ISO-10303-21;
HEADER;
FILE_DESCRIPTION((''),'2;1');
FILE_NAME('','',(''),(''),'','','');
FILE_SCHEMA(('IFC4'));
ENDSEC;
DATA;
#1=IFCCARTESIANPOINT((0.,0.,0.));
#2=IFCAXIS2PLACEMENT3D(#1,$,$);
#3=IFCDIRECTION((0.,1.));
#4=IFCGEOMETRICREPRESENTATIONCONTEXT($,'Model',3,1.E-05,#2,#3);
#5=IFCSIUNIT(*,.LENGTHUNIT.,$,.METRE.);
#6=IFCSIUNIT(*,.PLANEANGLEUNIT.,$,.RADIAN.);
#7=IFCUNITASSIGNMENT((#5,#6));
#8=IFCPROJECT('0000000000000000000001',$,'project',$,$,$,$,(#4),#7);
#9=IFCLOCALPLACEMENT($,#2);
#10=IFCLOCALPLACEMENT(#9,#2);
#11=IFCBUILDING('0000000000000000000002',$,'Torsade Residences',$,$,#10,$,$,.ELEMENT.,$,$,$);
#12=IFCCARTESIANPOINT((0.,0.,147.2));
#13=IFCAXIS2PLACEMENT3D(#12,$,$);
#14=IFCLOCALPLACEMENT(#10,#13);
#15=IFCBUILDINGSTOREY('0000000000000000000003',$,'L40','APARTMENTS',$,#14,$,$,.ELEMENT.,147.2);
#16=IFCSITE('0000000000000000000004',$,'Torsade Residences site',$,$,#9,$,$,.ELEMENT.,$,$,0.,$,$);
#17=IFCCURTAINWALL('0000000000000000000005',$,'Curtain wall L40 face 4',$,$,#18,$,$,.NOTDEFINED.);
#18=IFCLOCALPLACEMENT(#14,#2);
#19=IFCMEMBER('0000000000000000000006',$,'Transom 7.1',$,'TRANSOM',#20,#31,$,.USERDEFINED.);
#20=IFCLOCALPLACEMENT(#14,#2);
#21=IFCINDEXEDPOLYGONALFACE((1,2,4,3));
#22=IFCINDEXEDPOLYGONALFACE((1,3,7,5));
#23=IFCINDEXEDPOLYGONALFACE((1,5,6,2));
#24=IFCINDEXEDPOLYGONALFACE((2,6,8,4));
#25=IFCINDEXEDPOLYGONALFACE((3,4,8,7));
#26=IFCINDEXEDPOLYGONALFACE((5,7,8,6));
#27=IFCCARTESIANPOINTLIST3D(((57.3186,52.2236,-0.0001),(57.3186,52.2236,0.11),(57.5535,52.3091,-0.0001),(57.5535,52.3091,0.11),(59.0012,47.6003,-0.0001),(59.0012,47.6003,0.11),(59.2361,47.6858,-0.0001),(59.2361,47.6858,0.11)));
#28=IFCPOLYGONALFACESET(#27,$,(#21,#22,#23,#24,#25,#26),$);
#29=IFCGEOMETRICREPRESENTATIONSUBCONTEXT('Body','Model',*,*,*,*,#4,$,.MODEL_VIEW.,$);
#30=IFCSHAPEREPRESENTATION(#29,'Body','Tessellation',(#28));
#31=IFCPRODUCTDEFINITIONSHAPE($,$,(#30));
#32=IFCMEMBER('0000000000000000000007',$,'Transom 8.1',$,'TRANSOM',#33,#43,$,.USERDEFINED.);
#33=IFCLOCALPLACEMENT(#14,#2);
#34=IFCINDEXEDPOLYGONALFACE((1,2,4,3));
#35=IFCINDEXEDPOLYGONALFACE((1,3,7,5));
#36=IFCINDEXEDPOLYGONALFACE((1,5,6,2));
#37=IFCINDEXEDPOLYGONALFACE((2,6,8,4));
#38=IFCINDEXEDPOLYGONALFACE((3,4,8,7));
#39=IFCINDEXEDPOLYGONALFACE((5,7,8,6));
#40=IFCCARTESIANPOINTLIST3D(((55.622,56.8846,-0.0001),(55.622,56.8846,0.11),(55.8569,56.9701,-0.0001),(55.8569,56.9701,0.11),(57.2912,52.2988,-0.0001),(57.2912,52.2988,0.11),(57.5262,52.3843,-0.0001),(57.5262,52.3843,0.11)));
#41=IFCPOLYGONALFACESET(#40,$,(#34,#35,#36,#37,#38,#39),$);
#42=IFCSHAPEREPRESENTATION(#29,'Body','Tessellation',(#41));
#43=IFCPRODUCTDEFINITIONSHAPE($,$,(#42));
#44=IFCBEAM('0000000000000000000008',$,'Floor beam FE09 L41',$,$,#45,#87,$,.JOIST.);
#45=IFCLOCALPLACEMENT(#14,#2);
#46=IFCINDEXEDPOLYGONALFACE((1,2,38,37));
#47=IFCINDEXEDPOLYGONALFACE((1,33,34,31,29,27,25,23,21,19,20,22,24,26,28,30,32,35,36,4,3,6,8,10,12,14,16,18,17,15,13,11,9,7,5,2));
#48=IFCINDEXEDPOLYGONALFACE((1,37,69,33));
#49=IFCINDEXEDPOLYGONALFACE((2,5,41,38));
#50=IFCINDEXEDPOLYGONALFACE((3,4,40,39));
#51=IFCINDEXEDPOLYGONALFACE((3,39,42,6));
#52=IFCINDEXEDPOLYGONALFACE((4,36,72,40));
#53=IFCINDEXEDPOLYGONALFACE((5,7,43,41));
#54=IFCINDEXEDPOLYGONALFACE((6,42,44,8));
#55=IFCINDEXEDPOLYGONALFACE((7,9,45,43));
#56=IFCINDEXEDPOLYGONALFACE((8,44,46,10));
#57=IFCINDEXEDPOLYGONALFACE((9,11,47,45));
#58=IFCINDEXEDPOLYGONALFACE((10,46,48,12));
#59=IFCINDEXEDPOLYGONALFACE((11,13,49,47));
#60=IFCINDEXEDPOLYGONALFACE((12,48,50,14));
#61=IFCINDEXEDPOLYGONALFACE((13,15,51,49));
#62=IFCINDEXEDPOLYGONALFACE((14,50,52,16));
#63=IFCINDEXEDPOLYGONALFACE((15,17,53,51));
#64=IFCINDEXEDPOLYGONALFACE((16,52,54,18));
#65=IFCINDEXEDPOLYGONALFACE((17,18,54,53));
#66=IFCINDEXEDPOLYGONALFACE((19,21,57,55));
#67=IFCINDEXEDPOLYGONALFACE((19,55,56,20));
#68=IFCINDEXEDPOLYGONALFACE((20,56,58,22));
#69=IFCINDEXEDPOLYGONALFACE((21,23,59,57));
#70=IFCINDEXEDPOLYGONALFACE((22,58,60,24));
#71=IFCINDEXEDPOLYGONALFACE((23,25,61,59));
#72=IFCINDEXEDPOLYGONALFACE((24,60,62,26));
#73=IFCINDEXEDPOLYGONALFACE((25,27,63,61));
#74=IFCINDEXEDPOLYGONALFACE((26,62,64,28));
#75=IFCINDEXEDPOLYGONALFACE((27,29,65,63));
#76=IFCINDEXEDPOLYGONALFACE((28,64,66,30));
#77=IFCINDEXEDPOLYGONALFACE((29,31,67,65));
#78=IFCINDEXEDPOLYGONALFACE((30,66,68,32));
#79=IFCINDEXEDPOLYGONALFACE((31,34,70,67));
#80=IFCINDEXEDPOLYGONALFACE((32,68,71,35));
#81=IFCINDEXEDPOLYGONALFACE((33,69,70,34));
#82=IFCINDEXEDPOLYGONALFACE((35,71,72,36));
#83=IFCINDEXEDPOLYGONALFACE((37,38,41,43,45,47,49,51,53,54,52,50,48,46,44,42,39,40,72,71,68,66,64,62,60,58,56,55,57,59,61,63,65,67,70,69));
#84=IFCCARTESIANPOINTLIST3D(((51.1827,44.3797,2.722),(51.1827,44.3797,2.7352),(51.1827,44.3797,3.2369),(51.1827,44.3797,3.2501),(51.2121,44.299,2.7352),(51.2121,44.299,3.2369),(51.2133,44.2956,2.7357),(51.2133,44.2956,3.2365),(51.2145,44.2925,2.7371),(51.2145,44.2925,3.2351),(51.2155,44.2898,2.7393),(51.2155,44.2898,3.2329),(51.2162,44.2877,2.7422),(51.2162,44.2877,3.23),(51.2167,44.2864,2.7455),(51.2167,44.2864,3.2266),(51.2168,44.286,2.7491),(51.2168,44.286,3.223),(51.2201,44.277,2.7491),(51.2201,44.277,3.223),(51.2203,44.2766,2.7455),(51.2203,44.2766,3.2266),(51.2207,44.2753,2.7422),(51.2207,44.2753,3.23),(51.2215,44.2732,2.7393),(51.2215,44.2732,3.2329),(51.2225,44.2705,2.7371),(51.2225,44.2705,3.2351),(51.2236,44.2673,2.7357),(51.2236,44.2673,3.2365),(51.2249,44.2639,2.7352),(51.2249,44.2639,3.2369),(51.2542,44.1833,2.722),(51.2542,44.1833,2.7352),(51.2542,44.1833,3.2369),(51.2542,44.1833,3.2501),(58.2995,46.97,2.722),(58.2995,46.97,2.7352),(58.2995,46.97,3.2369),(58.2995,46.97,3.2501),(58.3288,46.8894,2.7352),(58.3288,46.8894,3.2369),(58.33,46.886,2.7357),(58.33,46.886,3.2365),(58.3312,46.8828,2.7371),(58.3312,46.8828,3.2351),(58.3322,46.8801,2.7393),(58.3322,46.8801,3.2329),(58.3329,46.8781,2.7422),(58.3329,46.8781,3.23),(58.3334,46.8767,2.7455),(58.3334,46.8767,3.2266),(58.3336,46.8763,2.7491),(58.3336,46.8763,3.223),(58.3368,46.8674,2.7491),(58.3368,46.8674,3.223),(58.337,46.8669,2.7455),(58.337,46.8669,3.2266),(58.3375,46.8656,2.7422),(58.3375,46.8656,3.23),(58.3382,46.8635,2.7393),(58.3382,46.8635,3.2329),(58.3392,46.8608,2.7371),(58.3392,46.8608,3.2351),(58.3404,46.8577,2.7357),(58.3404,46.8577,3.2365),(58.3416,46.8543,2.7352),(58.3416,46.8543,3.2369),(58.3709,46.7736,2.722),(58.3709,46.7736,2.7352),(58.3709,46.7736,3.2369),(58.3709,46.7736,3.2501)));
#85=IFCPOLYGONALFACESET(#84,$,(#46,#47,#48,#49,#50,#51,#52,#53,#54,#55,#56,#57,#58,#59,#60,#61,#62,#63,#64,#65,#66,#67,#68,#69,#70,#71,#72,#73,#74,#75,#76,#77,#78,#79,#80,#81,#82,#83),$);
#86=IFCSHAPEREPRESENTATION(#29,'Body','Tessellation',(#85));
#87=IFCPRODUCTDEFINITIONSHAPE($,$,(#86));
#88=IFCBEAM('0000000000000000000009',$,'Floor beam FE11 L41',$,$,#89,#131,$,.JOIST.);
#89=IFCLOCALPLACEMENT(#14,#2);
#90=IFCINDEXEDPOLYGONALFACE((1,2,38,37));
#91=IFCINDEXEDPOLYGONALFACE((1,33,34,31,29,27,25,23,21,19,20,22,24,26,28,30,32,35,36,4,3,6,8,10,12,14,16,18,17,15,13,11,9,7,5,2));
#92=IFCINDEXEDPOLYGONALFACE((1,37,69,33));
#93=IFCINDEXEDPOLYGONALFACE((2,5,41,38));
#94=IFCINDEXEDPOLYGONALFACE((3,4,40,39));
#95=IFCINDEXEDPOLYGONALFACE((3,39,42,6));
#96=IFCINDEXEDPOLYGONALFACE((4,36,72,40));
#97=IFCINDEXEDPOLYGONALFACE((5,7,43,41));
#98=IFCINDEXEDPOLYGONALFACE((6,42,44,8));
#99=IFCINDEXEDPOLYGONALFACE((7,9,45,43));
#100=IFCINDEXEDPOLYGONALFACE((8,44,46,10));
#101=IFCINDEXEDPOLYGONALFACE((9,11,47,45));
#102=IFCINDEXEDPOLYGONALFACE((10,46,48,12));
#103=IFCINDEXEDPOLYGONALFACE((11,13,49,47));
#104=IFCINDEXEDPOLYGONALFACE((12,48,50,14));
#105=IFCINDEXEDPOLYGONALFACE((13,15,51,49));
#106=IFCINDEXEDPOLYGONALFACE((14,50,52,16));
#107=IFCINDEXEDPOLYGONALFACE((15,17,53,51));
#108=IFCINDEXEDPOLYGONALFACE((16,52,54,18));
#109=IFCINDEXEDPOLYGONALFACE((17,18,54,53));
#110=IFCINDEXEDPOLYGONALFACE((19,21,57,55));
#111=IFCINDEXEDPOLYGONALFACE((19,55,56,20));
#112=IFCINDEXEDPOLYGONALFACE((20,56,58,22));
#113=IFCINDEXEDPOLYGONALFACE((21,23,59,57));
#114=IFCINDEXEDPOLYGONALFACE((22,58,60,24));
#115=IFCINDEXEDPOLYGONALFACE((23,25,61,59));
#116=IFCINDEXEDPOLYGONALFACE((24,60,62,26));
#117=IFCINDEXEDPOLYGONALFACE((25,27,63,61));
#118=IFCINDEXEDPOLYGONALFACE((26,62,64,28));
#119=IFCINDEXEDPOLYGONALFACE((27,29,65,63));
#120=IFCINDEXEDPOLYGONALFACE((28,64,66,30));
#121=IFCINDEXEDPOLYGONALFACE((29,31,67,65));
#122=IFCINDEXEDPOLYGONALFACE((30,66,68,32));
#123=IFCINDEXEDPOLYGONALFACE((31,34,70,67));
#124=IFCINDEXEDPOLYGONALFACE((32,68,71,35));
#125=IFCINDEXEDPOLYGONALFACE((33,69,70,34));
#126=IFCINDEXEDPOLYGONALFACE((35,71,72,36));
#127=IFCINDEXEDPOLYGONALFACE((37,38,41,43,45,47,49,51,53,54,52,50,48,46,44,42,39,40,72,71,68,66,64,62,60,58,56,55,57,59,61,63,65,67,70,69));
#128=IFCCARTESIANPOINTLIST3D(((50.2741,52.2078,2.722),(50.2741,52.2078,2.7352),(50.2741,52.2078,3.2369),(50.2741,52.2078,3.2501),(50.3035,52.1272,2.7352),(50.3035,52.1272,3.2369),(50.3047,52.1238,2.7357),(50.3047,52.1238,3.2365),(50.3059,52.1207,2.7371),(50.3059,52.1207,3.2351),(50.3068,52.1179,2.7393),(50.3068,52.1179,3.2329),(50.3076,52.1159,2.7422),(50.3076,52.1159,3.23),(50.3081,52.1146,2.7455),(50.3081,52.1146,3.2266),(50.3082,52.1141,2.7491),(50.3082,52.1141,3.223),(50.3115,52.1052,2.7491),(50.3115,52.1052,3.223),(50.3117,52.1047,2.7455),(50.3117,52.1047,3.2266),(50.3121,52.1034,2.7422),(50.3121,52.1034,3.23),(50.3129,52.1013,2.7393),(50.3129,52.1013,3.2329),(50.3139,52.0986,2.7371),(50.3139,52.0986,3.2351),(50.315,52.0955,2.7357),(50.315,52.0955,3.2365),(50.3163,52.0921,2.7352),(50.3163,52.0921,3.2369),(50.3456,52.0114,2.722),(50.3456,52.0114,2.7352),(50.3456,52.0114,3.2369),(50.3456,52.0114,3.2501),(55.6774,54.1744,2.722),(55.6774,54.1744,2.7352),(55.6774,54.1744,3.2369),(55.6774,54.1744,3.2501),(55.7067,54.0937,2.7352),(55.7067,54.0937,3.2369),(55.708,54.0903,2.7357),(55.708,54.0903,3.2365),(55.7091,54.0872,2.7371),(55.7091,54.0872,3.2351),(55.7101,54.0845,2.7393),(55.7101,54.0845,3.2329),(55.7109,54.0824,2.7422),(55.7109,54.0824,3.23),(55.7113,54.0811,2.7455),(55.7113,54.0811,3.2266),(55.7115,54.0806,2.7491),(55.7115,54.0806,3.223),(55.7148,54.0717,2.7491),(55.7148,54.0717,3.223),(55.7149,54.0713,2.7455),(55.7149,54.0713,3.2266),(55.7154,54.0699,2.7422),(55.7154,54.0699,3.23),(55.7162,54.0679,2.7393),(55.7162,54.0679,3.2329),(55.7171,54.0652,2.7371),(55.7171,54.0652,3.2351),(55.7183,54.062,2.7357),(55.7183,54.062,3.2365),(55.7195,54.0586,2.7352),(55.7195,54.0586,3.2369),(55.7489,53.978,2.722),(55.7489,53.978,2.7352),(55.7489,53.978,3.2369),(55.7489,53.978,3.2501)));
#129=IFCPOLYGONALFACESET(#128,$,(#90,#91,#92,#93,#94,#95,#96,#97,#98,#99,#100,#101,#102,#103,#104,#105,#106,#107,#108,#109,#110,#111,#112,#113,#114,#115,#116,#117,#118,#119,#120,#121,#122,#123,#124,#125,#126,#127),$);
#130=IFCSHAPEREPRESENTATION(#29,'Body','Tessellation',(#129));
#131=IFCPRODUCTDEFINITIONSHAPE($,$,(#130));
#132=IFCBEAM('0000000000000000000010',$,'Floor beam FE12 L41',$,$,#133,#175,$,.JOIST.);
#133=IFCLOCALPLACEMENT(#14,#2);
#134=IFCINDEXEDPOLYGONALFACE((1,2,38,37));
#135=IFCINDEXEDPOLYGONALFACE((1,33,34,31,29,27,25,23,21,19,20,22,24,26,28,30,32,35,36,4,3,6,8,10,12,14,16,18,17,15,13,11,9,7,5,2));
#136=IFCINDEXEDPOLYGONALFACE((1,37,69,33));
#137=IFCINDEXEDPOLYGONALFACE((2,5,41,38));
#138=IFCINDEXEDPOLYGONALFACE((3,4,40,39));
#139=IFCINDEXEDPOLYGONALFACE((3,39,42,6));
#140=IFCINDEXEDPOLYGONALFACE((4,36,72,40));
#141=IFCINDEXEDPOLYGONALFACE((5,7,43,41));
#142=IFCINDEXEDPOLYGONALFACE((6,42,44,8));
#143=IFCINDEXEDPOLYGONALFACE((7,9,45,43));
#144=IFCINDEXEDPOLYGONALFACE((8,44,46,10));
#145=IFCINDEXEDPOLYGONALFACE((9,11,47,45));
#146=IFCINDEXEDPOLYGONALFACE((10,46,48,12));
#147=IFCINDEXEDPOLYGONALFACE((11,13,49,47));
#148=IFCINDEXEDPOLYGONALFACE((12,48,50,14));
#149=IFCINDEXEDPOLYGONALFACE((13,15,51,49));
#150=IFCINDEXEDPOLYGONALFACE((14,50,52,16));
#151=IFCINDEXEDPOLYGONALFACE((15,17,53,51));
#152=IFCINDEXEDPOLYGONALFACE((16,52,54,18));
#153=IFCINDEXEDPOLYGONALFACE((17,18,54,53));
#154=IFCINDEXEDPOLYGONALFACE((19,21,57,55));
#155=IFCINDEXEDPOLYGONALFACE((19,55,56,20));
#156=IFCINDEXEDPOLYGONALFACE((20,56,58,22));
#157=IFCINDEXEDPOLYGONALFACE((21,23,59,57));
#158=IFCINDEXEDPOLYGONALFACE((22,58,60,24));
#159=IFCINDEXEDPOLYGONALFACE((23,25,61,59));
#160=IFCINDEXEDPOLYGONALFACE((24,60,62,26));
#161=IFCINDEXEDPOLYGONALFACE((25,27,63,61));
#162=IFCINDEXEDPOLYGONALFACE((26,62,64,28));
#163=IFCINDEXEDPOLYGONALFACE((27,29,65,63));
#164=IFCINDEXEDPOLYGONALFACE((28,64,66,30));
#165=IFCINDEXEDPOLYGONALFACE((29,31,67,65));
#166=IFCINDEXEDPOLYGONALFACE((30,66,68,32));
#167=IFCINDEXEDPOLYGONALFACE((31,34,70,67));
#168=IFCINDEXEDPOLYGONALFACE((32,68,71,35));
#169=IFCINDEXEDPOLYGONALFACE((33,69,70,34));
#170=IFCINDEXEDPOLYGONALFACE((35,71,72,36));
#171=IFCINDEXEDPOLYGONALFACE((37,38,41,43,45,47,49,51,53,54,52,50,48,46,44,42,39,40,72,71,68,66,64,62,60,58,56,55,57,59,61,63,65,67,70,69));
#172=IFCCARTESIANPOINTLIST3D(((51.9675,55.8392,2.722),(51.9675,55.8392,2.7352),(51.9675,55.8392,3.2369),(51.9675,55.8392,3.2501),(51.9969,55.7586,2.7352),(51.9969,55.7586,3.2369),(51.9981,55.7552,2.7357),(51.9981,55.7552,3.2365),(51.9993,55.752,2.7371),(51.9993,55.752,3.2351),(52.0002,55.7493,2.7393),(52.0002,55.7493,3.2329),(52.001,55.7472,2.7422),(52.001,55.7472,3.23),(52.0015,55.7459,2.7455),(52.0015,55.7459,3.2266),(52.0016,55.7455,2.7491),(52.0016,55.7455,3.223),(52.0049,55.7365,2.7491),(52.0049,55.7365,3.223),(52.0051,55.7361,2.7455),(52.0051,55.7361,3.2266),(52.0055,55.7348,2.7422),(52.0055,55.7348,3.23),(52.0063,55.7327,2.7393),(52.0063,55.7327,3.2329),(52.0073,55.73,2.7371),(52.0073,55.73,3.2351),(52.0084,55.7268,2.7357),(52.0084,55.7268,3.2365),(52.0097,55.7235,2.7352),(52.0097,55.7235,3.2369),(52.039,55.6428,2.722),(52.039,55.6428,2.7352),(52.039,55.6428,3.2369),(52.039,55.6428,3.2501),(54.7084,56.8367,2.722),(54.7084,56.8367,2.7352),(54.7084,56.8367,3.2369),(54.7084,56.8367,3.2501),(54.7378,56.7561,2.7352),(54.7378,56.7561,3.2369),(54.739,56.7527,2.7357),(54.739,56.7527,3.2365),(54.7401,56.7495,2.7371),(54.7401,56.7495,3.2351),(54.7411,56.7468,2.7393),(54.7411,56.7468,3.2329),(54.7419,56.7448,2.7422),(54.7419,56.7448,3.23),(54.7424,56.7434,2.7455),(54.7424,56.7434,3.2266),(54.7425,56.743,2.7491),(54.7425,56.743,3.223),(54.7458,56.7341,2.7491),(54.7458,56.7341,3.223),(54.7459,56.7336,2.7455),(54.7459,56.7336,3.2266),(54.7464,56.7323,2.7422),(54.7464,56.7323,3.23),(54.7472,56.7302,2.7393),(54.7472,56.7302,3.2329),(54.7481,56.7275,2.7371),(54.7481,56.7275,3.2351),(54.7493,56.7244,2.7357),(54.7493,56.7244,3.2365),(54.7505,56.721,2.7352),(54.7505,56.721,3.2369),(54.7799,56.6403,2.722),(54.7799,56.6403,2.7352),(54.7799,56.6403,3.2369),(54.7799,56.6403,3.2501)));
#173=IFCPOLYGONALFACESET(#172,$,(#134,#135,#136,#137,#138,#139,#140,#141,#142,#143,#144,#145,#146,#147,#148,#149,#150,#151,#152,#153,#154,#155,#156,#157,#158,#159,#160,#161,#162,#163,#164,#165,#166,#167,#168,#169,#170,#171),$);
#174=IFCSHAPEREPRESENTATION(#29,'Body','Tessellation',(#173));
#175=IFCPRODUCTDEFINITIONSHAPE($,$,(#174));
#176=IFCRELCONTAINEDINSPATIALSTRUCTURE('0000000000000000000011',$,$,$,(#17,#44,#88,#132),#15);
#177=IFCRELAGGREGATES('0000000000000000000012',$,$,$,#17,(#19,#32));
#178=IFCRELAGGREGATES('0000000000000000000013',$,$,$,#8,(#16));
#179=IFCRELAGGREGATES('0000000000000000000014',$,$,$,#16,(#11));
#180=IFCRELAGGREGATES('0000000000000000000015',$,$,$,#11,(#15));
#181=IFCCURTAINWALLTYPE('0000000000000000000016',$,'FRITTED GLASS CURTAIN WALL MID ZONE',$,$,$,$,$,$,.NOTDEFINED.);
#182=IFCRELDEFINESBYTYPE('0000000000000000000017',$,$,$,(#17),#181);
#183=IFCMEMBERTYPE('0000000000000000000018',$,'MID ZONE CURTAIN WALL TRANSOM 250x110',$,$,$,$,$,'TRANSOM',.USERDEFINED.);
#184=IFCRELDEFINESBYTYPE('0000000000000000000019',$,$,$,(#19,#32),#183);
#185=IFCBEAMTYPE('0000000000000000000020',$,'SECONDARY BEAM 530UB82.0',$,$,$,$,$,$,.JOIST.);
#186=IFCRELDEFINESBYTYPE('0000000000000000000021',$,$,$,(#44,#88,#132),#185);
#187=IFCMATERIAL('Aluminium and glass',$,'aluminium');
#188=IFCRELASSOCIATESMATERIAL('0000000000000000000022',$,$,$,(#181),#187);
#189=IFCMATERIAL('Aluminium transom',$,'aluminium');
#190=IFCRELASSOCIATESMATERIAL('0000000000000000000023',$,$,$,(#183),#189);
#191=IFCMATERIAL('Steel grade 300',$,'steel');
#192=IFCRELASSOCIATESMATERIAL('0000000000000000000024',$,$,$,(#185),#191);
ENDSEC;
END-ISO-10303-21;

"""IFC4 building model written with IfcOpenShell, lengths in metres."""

from ifc_helpers import new_model, si_unit, direction, frame, origin, origin_2d, place, context, subcontext, project, spatial, rectangle, i_section, extrude, material, material_profile, profile_set, type_object, element, aggregate, save


model = new_model("IFC4")

# Units and contexts
model_context = context("Model", 3, precision=1e-05, world=origin(), true_north=direction((0.0, 1.0)))
body_context = subcontext(model_context, "Body", "Model", "MODEL_VIEW")
ifc_project = project(units=[si_unit("LENGTHUNIT", "METRE"), si_unit("PLANEANGLEUNIT", "RADIAN")], contexts=[model_context])

# Site, building, storey
site_placement = place(None, origin())
site = spatial("IfcSite", under=ifc_project, at=site_placement, Name="Torsade Residences site", CompositionType="ELEMENT", RefElevation=0.0)
building_placement = place(site_placement, origin())
building = spatial("IfcBuilding", under=site, at=building_placement, Name="Torsade Residences", CompositionType="ELEMENT")
storey_placement = place(building_placement, frame((0.0, 0.0, 147.2)))
storey = spatial("IfcBuildingStorey", under=building, at=storey_placement, Name="L40", Description="APARTMENTS", CompositionType="ELEMENT", Elevation=147.2)

# Curtain wall, members
ifc_material_1 = material(Name="Aluminium and glass", Category="aluminium")
curtain_wall_type = type_object("IfcCurtainWallType", Name="FRITTED GLASS CURTAIN WALL MID ZONE", PredefinedType="NOTDEFINED", material=ifc_material_1)
curtain_wall_placement = place(storey_placement, origin())
curtain_wall = element("IfcCurtainWall", 1, at=curtain_wall_placement, inside=storey, type_object=curtain_wall_type, Name="Curtain wall L40 face 4", PredefinedType="NOTDEFINED")
ifc_material_2 = material(Name="Aluminium transom", Category="aluminium")
ifc_material_profile_1 = material_profile(ifc_material_2, rectangle(XDim=0.25, YDim=0.1101, at=origin_2d()), Name="MID ZONE CURTAIN WALL TRANSOM 250x110")
ifc_profile_set_1 = profile_set([ifc_material_profile_1], Name="Aluminium transom")
member_type_1 = type_object("IfcMemberType", Name="MID ZONE CURTAIN WALL TRANSOM 250x110", ElementType="TRANSOM", PredefinedType="USERDEFINED", material=ifc_profile_set_1)
member_1_placement = place(storey_placement, frame((59.1187, 47.6431, 0.0549), z_axis=(-0.341998, 0.939701, 0.0), x_axis=(-0.939701, -0.341998, 0.0)))
member_1 = element("IfcMember", 2, at=member_1_placement, type_object=member_type_1, Name="Transom 7.1", ObjectType="TRANSOM", PredefinedType="USERDEFINED", context=body_context, shape_type="SweptSolid", body=[
    extrude(rectangle(XDim=0.25, YDim=0.1101, at=origin_2d()), origin(), (0.0, 0.0, 1.0), 4.9199),
])
member_2_placement = place(storey_placement, frame((57.4087, 52.3416, 0.0549), z_axis=(-0.342044, 0.939684, 0.0), x_axis=(-0.939684, -0.342044, 0.0)))
member_2 = element("IfcMember", 3, at=member_2_placement, type_object=member_type_1, Name="Transom 8.1", ObjectType="TRANSOM", PredefinedType="USERDEFINED", context=body_context, shape_type="SweptSolid", body=[
    extrude(rectangle(XDim=0.25, YDim=0.1101, at=origin_2d()), origin(), (0.0, 0.0, 1.0), 4.8801),
])

# Beams
ifc_material_3 = material(Name="Steel grade 300", Category="steel")
ifc_material_profile_2 = material_profile(ifc_material_3, i_section(OverallWidth=0.209, OverallDepth=0.5281, WebThickness=0.0095, FlangeThickness=0.0132, FilletRadius=0.0139, at=origin_2d()), Name="530UB82.0")
ifc_profile_set_2 = profile_set([ifc_material_profile_2], Name="Steel grade 300")
beam_type_1 = type_object("IfcBeamType", Name="SECONDARY BEAM 530UB82.0", PredefinedType="JOIST", material=ifc_profile_set_2)
beam_1_placement = place(storey_placement, frame((58.3352, 46.8718, 2.9861), z_axis=(-0.93969, -0.342028, 0.0), x_axis=(0.342028, -0.93969, 0.0)))
element("IfcBeam", 4, at=beam_1_placement, inside=storey, type_object=beam_type_1, Name="Floor beam FE09 L41", PredefinedType="JOIST", context=body_context, shape_type="SweptSolid", body=[
    extrude(i_section(OverallWidth=0.209, OverallDepth=0.5281, WebThickness=0.0095, FlangeThickness=0.0132, FilletRadius=0.0139, at=origin_2d()), origin(), (0.0, 0.0, 1.0), 7.5735),
])
beam_2_placement = place(storey_placement, frame((55.7131, 54.0762, 2.9861), z_axis=(-0.939698, -0.342006, 0.0), x_axis=(0.342006, -0.939698, 0.0)))
element("IfcBeam", 5, at=beam_2_placement, inside=storey, type_object=beam_type_1, Name="Floor beam FE11 L41", PredefinedType="JOIST", context=body_context, shape_type="SweptSolid", body=[
    extrude(i_section(OverallWidth=0.209, OverallDepth=0.5281, WebThickness=0.0095, FlangeThickness=0.0132, FilletRadius=0.0139, at=origin_2d()), origin(), (0.0, 0.0, 1.0), 5.75),
])
for number, where, z_axis, x_axis, name in (
    (6, (54.7441, 56.7385, 2.9861), (-0.939701, -0.341998, 0.0), (0.341998, -0.939701, 0.0), "Floor beam FE12 L41"),
):
    element("IfcBeam", number, at=place(storey_placement, frame(where, z_axis=z_axis, x_axis=x_axis)), inside=storey, type_object=beam_type_1, Name=name, PredefinedType="JOIST", context=body_context, shape_type="SweptSolid", body=[
        extrude(i_section(OverallWidth=0.209, OverallDepth=0.5281, WebThickness=0.0095, FlangeThickness=0.0132, FilletRadius=0.0139, at=origin_2d()), origin(), (0.0, 0.0, 1.0), 2.9167),
    ])

aggregate(curtain_wall, [member_1, member_2])

save(model, "model.ifc")
